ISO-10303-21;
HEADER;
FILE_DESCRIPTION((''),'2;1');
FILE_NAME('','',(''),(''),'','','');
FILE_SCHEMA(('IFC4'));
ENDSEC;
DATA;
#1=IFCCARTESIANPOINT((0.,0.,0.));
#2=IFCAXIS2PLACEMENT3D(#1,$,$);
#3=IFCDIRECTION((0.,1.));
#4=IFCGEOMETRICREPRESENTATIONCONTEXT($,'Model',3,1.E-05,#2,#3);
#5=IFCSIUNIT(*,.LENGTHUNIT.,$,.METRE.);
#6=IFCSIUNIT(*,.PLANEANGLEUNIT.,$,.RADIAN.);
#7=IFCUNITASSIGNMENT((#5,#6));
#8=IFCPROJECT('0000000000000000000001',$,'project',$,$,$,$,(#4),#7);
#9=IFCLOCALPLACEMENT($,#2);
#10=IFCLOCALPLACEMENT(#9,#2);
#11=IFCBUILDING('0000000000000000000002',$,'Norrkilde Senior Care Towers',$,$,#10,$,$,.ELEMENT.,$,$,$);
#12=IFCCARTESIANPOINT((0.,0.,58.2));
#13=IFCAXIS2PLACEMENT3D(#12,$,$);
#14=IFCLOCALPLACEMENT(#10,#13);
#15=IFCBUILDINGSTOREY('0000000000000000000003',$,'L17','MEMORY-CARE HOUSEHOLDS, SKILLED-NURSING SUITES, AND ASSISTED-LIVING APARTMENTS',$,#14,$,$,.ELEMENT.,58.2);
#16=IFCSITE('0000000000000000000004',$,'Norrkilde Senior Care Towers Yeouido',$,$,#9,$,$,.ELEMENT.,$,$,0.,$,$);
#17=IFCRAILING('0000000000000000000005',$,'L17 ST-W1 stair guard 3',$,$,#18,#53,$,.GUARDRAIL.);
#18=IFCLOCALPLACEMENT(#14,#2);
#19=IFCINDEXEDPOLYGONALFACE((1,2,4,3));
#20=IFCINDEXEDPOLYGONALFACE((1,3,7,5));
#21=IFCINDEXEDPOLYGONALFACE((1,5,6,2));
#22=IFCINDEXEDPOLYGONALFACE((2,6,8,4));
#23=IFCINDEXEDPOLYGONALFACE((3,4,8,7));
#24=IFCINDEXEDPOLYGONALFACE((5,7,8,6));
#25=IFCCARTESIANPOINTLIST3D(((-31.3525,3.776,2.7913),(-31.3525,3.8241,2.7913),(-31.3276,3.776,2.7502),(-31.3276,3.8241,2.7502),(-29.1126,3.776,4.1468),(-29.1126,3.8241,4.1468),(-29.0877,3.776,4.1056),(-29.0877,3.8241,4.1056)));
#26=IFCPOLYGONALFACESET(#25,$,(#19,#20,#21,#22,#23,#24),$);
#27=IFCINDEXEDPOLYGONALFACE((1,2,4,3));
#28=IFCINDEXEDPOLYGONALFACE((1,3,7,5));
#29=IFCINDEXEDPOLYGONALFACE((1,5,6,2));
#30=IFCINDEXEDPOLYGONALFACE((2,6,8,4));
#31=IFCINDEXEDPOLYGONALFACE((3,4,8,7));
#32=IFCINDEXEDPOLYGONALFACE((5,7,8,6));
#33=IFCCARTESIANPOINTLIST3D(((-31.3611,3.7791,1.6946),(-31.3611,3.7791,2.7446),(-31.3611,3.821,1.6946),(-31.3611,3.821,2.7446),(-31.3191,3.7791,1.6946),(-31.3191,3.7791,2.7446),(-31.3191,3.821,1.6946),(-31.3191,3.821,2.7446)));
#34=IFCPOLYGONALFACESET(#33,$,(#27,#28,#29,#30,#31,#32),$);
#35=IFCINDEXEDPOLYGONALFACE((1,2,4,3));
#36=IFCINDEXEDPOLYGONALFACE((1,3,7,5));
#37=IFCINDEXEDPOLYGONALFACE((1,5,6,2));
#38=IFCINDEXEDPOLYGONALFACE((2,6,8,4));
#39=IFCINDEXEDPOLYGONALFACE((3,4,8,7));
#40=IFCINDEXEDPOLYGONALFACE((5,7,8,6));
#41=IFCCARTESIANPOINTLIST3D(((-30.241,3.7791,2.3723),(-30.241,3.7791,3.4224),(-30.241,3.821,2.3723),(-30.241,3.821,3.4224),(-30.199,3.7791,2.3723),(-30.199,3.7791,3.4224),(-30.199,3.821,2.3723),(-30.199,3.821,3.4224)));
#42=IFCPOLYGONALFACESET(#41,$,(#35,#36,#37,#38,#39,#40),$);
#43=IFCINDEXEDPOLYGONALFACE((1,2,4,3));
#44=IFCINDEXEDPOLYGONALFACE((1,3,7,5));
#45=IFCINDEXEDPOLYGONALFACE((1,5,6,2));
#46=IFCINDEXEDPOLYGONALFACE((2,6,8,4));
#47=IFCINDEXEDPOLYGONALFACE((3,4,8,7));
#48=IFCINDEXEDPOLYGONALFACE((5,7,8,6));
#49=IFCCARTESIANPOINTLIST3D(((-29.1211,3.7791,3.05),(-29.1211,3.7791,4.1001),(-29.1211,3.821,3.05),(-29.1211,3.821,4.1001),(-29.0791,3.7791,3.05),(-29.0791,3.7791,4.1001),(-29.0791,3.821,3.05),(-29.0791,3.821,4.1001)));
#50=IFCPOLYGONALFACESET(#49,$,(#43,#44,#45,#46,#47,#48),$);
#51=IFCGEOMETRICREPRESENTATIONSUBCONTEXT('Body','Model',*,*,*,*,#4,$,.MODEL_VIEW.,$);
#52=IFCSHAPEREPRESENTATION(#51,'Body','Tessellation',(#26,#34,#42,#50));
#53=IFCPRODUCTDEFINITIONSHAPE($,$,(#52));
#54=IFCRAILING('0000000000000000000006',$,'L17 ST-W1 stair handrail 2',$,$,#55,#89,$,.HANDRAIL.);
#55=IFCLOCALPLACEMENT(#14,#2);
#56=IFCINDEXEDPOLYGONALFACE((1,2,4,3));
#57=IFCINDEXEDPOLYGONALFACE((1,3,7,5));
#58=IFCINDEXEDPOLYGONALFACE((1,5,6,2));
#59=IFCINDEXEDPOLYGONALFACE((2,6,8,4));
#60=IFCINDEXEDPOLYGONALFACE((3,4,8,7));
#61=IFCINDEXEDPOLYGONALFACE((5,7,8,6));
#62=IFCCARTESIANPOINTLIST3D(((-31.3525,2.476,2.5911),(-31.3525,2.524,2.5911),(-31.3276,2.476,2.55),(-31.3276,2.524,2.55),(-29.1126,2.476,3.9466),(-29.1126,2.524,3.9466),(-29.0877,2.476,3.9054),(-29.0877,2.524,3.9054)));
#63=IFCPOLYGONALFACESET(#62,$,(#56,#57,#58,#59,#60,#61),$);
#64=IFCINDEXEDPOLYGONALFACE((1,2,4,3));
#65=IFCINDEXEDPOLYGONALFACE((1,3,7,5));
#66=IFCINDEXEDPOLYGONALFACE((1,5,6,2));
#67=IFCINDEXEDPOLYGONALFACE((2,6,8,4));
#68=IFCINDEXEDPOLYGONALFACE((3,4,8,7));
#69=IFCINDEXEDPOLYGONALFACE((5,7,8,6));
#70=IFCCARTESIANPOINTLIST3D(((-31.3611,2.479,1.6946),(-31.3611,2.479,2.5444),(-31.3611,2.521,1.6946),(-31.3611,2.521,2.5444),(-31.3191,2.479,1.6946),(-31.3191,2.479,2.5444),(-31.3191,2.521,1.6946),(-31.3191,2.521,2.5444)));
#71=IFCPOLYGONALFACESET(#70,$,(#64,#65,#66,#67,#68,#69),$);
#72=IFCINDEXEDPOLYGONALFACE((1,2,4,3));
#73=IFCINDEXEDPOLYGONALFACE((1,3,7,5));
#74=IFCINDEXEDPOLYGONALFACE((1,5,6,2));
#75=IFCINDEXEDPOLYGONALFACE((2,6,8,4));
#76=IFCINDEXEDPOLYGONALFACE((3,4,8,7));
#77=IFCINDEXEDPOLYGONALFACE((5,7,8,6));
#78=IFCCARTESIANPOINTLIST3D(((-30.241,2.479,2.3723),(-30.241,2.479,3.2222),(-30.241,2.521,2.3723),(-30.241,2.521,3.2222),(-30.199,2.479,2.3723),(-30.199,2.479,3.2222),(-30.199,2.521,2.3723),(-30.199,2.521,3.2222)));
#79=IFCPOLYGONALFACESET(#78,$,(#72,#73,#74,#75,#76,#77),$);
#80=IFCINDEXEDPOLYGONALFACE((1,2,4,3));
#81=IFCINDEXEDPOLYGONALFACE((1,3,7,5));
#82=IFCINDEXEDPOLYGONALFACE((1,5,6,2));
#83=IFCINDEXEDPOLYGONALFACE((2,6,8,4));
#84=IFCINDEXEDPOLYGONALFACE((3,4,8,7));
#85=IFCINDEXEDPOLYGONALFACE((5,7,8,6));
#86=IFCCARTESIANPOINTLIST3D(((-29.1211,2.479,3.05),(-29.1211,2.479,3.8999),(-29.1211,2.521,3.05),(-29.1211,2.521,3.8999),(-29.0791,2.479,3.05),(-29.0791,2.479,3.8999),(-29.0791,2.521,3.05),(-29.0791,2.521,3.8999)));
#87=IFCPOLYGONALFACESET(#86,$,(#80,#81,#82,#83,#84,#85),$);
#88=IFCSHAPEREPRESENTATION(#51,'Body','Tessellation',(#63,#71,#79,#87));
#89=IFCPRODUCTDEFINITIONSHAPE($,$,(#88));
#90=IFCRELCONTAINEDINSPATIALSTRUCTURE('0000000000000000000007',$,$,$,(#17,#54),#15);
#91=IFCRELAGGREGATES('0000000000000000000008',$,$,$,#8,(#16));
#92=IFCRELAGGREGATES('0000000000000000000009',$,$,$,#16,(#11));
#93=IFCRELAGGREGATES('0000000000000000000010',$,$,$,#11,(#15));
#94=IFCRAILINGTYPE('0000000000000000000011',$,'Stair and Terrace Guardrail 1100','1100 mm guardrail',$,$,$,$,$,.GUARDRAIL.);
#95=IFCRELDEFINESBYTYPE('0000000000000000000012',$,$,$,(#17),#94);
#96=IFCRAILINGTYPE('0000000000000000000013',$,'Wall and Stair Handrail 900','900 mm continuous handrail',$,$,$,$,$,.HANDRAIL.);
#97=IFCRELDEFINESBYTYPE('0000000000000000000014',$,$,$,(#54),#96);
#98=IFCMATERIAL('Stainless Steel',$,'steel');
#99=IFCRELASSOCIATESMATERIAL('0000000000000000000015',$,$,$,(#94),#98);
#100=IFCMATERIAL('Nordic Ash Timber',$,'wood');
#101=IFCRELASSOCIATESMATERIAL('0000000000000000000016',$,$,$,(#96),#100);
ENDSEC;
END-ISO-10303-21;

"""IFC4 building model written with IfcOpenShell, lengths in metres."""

from ifc_helpers import new_model, si_unit, direction, frame, origin, origin_2d, place, context, subcontext, project, spatial, rectangle, extrude, material, type_object, element, save


model = new_model("IFC4")

# Units and contexts
model_context = context("Model", 3, precision=1e-05, world=origin(), true_north=direction((0.0, 1.0)))
body_context = subcontext(model_context, "Body", "Model", "MODEL_VIEW")
ifc_project = project(units=[si_unit("LENGTHUNIT", "METRE"), si_unit("PLANEANGLEUNIT", "RADIAN")], contexts=[model_context])

# Site, building, storey
site_placement = place(None, origin())
site = spatial("IfcSite", under=ifc_project, at=site_placement, Name="Norrkilde Senior Care Towers Yeouido", CompositionType="ELEMENT", RefElevation=0.0)
building_placement = place(site_placement, origin())
building = spatial("IfcBuilding", under=site, at=building_placement, Name="Norrkilde Senior Care Towers", CompositionType="ELEMENT")
storey_placement = place(building_placement, frame((0.0, 0.0, 58.2)))
storey = spatial("IfcBuildingStorey", under=building, at=storey_placement, Name="L17", Description="MEMORY-CARE HOUSEHOLDS, SKILLED-NURSING SUITES, AND ASSISTED-LIVING APARTMENTS", CompositionType="ELEMENT", Elevation=58.2)

# Shared definitions
ifc_material_1 = material(Name="Nordic Ash Timber", Category="wood")

# Railings
ifc_material_2 = material(Name="Stainless Steel", Category="steel")
railing_type_1 = type_object("IfcRailingType", Name="Stair and Terrace Guardrail 1100", Description="1100 mm guardrail", PredefinedType="GUARDRAIL", material=ifc_material_2)
railing_1_placement = place(storey_placement, frame((-31.3401, 3.8, 1.6946)))
element("IfcRailing", 1, at=railing_1_placement, inside=storey, type_object=railing_type_1, Name="L17 ST-W1 stair guard 3", PredefinedType="GUARDRAIL", context=body_context, shape_type="SweptSolid", body=[
    extrude(rectangle(XDim=0.0481, YDim=0.0481, at=origin_2d()), frame((0.0, 0.0, 1.0762), z_axis=(0.855553, 0.0, 0.517715), x_axis=(0.0, 1.0, 0.0)), (0.0, 0.0, 1.0), 2.6182),
    extrude(rectangle(XDim=0.042, YDim=0.042, at=origin_2d()), origin(), (0.0, 0.0, 1.0), 1.05),
    extrude(rectangle(XDim=0.042, YDim=0.042, at=origin_2d()), frame((1.1201, 0.0, 0.6777)), (0.0, 0.0, 1.0), 1.05),
    extrude(rectangle(XDim=0.042, YDim=0.042, at=origin_2d()), frame((2.24, 0.0, 1.3555)), (0.0, 0.0, 1.0), 1.05),
])
railing_type_2 = type_object("IfcRailingType", Name="Wall and Stair Handrail 900", Description="900 mm continuous handrail", PredefinedType="HANDRAIL", material=ifc_material_1)
railing_2_placement = place(storey_placement, frame((-31.3401, 2.5, 1.6946)))
element("IfcRailing", 2, at=railing_2_placement, inside=storey, type_object=railing_type_2, Name="L17 ST-W1 stair handrail 2", PredefinedType="HANDRAIL", context=body_context, shape_type="SweptSolid", body=[
    extrude(rectangle(XDim=0.0481, YDim=0.0481, at=origin_2d()), frame((0.0, 0.0, 0.876), z_axis=(0.855553, 0.0, 0.517715), x_axis=(0.0, 1.0, 0.0)), (0.0, 0.0, 1.0), 2.6182),
    extrude(rectangle(XDim=0.042, YDim=0.042, at=origin_2d()), origin(), (0.0, 0.0, 1.0), 0.8499),
    extrude(rectangle(XDim=0.042, YDim=0.042, at=origin_2d()), frame((1.1201, 0.0, 0.6777)), (0.0, 0.0, 1.0), 0.8499),
    extrude(rectangle(XDim=0.042, YDim=0.042, at=origin_2d()), frame((2.24, 0.0, 1.3555)), (0.0, 0.0, 1.0), 0.8499),
])

save(model, "model.ifc")
